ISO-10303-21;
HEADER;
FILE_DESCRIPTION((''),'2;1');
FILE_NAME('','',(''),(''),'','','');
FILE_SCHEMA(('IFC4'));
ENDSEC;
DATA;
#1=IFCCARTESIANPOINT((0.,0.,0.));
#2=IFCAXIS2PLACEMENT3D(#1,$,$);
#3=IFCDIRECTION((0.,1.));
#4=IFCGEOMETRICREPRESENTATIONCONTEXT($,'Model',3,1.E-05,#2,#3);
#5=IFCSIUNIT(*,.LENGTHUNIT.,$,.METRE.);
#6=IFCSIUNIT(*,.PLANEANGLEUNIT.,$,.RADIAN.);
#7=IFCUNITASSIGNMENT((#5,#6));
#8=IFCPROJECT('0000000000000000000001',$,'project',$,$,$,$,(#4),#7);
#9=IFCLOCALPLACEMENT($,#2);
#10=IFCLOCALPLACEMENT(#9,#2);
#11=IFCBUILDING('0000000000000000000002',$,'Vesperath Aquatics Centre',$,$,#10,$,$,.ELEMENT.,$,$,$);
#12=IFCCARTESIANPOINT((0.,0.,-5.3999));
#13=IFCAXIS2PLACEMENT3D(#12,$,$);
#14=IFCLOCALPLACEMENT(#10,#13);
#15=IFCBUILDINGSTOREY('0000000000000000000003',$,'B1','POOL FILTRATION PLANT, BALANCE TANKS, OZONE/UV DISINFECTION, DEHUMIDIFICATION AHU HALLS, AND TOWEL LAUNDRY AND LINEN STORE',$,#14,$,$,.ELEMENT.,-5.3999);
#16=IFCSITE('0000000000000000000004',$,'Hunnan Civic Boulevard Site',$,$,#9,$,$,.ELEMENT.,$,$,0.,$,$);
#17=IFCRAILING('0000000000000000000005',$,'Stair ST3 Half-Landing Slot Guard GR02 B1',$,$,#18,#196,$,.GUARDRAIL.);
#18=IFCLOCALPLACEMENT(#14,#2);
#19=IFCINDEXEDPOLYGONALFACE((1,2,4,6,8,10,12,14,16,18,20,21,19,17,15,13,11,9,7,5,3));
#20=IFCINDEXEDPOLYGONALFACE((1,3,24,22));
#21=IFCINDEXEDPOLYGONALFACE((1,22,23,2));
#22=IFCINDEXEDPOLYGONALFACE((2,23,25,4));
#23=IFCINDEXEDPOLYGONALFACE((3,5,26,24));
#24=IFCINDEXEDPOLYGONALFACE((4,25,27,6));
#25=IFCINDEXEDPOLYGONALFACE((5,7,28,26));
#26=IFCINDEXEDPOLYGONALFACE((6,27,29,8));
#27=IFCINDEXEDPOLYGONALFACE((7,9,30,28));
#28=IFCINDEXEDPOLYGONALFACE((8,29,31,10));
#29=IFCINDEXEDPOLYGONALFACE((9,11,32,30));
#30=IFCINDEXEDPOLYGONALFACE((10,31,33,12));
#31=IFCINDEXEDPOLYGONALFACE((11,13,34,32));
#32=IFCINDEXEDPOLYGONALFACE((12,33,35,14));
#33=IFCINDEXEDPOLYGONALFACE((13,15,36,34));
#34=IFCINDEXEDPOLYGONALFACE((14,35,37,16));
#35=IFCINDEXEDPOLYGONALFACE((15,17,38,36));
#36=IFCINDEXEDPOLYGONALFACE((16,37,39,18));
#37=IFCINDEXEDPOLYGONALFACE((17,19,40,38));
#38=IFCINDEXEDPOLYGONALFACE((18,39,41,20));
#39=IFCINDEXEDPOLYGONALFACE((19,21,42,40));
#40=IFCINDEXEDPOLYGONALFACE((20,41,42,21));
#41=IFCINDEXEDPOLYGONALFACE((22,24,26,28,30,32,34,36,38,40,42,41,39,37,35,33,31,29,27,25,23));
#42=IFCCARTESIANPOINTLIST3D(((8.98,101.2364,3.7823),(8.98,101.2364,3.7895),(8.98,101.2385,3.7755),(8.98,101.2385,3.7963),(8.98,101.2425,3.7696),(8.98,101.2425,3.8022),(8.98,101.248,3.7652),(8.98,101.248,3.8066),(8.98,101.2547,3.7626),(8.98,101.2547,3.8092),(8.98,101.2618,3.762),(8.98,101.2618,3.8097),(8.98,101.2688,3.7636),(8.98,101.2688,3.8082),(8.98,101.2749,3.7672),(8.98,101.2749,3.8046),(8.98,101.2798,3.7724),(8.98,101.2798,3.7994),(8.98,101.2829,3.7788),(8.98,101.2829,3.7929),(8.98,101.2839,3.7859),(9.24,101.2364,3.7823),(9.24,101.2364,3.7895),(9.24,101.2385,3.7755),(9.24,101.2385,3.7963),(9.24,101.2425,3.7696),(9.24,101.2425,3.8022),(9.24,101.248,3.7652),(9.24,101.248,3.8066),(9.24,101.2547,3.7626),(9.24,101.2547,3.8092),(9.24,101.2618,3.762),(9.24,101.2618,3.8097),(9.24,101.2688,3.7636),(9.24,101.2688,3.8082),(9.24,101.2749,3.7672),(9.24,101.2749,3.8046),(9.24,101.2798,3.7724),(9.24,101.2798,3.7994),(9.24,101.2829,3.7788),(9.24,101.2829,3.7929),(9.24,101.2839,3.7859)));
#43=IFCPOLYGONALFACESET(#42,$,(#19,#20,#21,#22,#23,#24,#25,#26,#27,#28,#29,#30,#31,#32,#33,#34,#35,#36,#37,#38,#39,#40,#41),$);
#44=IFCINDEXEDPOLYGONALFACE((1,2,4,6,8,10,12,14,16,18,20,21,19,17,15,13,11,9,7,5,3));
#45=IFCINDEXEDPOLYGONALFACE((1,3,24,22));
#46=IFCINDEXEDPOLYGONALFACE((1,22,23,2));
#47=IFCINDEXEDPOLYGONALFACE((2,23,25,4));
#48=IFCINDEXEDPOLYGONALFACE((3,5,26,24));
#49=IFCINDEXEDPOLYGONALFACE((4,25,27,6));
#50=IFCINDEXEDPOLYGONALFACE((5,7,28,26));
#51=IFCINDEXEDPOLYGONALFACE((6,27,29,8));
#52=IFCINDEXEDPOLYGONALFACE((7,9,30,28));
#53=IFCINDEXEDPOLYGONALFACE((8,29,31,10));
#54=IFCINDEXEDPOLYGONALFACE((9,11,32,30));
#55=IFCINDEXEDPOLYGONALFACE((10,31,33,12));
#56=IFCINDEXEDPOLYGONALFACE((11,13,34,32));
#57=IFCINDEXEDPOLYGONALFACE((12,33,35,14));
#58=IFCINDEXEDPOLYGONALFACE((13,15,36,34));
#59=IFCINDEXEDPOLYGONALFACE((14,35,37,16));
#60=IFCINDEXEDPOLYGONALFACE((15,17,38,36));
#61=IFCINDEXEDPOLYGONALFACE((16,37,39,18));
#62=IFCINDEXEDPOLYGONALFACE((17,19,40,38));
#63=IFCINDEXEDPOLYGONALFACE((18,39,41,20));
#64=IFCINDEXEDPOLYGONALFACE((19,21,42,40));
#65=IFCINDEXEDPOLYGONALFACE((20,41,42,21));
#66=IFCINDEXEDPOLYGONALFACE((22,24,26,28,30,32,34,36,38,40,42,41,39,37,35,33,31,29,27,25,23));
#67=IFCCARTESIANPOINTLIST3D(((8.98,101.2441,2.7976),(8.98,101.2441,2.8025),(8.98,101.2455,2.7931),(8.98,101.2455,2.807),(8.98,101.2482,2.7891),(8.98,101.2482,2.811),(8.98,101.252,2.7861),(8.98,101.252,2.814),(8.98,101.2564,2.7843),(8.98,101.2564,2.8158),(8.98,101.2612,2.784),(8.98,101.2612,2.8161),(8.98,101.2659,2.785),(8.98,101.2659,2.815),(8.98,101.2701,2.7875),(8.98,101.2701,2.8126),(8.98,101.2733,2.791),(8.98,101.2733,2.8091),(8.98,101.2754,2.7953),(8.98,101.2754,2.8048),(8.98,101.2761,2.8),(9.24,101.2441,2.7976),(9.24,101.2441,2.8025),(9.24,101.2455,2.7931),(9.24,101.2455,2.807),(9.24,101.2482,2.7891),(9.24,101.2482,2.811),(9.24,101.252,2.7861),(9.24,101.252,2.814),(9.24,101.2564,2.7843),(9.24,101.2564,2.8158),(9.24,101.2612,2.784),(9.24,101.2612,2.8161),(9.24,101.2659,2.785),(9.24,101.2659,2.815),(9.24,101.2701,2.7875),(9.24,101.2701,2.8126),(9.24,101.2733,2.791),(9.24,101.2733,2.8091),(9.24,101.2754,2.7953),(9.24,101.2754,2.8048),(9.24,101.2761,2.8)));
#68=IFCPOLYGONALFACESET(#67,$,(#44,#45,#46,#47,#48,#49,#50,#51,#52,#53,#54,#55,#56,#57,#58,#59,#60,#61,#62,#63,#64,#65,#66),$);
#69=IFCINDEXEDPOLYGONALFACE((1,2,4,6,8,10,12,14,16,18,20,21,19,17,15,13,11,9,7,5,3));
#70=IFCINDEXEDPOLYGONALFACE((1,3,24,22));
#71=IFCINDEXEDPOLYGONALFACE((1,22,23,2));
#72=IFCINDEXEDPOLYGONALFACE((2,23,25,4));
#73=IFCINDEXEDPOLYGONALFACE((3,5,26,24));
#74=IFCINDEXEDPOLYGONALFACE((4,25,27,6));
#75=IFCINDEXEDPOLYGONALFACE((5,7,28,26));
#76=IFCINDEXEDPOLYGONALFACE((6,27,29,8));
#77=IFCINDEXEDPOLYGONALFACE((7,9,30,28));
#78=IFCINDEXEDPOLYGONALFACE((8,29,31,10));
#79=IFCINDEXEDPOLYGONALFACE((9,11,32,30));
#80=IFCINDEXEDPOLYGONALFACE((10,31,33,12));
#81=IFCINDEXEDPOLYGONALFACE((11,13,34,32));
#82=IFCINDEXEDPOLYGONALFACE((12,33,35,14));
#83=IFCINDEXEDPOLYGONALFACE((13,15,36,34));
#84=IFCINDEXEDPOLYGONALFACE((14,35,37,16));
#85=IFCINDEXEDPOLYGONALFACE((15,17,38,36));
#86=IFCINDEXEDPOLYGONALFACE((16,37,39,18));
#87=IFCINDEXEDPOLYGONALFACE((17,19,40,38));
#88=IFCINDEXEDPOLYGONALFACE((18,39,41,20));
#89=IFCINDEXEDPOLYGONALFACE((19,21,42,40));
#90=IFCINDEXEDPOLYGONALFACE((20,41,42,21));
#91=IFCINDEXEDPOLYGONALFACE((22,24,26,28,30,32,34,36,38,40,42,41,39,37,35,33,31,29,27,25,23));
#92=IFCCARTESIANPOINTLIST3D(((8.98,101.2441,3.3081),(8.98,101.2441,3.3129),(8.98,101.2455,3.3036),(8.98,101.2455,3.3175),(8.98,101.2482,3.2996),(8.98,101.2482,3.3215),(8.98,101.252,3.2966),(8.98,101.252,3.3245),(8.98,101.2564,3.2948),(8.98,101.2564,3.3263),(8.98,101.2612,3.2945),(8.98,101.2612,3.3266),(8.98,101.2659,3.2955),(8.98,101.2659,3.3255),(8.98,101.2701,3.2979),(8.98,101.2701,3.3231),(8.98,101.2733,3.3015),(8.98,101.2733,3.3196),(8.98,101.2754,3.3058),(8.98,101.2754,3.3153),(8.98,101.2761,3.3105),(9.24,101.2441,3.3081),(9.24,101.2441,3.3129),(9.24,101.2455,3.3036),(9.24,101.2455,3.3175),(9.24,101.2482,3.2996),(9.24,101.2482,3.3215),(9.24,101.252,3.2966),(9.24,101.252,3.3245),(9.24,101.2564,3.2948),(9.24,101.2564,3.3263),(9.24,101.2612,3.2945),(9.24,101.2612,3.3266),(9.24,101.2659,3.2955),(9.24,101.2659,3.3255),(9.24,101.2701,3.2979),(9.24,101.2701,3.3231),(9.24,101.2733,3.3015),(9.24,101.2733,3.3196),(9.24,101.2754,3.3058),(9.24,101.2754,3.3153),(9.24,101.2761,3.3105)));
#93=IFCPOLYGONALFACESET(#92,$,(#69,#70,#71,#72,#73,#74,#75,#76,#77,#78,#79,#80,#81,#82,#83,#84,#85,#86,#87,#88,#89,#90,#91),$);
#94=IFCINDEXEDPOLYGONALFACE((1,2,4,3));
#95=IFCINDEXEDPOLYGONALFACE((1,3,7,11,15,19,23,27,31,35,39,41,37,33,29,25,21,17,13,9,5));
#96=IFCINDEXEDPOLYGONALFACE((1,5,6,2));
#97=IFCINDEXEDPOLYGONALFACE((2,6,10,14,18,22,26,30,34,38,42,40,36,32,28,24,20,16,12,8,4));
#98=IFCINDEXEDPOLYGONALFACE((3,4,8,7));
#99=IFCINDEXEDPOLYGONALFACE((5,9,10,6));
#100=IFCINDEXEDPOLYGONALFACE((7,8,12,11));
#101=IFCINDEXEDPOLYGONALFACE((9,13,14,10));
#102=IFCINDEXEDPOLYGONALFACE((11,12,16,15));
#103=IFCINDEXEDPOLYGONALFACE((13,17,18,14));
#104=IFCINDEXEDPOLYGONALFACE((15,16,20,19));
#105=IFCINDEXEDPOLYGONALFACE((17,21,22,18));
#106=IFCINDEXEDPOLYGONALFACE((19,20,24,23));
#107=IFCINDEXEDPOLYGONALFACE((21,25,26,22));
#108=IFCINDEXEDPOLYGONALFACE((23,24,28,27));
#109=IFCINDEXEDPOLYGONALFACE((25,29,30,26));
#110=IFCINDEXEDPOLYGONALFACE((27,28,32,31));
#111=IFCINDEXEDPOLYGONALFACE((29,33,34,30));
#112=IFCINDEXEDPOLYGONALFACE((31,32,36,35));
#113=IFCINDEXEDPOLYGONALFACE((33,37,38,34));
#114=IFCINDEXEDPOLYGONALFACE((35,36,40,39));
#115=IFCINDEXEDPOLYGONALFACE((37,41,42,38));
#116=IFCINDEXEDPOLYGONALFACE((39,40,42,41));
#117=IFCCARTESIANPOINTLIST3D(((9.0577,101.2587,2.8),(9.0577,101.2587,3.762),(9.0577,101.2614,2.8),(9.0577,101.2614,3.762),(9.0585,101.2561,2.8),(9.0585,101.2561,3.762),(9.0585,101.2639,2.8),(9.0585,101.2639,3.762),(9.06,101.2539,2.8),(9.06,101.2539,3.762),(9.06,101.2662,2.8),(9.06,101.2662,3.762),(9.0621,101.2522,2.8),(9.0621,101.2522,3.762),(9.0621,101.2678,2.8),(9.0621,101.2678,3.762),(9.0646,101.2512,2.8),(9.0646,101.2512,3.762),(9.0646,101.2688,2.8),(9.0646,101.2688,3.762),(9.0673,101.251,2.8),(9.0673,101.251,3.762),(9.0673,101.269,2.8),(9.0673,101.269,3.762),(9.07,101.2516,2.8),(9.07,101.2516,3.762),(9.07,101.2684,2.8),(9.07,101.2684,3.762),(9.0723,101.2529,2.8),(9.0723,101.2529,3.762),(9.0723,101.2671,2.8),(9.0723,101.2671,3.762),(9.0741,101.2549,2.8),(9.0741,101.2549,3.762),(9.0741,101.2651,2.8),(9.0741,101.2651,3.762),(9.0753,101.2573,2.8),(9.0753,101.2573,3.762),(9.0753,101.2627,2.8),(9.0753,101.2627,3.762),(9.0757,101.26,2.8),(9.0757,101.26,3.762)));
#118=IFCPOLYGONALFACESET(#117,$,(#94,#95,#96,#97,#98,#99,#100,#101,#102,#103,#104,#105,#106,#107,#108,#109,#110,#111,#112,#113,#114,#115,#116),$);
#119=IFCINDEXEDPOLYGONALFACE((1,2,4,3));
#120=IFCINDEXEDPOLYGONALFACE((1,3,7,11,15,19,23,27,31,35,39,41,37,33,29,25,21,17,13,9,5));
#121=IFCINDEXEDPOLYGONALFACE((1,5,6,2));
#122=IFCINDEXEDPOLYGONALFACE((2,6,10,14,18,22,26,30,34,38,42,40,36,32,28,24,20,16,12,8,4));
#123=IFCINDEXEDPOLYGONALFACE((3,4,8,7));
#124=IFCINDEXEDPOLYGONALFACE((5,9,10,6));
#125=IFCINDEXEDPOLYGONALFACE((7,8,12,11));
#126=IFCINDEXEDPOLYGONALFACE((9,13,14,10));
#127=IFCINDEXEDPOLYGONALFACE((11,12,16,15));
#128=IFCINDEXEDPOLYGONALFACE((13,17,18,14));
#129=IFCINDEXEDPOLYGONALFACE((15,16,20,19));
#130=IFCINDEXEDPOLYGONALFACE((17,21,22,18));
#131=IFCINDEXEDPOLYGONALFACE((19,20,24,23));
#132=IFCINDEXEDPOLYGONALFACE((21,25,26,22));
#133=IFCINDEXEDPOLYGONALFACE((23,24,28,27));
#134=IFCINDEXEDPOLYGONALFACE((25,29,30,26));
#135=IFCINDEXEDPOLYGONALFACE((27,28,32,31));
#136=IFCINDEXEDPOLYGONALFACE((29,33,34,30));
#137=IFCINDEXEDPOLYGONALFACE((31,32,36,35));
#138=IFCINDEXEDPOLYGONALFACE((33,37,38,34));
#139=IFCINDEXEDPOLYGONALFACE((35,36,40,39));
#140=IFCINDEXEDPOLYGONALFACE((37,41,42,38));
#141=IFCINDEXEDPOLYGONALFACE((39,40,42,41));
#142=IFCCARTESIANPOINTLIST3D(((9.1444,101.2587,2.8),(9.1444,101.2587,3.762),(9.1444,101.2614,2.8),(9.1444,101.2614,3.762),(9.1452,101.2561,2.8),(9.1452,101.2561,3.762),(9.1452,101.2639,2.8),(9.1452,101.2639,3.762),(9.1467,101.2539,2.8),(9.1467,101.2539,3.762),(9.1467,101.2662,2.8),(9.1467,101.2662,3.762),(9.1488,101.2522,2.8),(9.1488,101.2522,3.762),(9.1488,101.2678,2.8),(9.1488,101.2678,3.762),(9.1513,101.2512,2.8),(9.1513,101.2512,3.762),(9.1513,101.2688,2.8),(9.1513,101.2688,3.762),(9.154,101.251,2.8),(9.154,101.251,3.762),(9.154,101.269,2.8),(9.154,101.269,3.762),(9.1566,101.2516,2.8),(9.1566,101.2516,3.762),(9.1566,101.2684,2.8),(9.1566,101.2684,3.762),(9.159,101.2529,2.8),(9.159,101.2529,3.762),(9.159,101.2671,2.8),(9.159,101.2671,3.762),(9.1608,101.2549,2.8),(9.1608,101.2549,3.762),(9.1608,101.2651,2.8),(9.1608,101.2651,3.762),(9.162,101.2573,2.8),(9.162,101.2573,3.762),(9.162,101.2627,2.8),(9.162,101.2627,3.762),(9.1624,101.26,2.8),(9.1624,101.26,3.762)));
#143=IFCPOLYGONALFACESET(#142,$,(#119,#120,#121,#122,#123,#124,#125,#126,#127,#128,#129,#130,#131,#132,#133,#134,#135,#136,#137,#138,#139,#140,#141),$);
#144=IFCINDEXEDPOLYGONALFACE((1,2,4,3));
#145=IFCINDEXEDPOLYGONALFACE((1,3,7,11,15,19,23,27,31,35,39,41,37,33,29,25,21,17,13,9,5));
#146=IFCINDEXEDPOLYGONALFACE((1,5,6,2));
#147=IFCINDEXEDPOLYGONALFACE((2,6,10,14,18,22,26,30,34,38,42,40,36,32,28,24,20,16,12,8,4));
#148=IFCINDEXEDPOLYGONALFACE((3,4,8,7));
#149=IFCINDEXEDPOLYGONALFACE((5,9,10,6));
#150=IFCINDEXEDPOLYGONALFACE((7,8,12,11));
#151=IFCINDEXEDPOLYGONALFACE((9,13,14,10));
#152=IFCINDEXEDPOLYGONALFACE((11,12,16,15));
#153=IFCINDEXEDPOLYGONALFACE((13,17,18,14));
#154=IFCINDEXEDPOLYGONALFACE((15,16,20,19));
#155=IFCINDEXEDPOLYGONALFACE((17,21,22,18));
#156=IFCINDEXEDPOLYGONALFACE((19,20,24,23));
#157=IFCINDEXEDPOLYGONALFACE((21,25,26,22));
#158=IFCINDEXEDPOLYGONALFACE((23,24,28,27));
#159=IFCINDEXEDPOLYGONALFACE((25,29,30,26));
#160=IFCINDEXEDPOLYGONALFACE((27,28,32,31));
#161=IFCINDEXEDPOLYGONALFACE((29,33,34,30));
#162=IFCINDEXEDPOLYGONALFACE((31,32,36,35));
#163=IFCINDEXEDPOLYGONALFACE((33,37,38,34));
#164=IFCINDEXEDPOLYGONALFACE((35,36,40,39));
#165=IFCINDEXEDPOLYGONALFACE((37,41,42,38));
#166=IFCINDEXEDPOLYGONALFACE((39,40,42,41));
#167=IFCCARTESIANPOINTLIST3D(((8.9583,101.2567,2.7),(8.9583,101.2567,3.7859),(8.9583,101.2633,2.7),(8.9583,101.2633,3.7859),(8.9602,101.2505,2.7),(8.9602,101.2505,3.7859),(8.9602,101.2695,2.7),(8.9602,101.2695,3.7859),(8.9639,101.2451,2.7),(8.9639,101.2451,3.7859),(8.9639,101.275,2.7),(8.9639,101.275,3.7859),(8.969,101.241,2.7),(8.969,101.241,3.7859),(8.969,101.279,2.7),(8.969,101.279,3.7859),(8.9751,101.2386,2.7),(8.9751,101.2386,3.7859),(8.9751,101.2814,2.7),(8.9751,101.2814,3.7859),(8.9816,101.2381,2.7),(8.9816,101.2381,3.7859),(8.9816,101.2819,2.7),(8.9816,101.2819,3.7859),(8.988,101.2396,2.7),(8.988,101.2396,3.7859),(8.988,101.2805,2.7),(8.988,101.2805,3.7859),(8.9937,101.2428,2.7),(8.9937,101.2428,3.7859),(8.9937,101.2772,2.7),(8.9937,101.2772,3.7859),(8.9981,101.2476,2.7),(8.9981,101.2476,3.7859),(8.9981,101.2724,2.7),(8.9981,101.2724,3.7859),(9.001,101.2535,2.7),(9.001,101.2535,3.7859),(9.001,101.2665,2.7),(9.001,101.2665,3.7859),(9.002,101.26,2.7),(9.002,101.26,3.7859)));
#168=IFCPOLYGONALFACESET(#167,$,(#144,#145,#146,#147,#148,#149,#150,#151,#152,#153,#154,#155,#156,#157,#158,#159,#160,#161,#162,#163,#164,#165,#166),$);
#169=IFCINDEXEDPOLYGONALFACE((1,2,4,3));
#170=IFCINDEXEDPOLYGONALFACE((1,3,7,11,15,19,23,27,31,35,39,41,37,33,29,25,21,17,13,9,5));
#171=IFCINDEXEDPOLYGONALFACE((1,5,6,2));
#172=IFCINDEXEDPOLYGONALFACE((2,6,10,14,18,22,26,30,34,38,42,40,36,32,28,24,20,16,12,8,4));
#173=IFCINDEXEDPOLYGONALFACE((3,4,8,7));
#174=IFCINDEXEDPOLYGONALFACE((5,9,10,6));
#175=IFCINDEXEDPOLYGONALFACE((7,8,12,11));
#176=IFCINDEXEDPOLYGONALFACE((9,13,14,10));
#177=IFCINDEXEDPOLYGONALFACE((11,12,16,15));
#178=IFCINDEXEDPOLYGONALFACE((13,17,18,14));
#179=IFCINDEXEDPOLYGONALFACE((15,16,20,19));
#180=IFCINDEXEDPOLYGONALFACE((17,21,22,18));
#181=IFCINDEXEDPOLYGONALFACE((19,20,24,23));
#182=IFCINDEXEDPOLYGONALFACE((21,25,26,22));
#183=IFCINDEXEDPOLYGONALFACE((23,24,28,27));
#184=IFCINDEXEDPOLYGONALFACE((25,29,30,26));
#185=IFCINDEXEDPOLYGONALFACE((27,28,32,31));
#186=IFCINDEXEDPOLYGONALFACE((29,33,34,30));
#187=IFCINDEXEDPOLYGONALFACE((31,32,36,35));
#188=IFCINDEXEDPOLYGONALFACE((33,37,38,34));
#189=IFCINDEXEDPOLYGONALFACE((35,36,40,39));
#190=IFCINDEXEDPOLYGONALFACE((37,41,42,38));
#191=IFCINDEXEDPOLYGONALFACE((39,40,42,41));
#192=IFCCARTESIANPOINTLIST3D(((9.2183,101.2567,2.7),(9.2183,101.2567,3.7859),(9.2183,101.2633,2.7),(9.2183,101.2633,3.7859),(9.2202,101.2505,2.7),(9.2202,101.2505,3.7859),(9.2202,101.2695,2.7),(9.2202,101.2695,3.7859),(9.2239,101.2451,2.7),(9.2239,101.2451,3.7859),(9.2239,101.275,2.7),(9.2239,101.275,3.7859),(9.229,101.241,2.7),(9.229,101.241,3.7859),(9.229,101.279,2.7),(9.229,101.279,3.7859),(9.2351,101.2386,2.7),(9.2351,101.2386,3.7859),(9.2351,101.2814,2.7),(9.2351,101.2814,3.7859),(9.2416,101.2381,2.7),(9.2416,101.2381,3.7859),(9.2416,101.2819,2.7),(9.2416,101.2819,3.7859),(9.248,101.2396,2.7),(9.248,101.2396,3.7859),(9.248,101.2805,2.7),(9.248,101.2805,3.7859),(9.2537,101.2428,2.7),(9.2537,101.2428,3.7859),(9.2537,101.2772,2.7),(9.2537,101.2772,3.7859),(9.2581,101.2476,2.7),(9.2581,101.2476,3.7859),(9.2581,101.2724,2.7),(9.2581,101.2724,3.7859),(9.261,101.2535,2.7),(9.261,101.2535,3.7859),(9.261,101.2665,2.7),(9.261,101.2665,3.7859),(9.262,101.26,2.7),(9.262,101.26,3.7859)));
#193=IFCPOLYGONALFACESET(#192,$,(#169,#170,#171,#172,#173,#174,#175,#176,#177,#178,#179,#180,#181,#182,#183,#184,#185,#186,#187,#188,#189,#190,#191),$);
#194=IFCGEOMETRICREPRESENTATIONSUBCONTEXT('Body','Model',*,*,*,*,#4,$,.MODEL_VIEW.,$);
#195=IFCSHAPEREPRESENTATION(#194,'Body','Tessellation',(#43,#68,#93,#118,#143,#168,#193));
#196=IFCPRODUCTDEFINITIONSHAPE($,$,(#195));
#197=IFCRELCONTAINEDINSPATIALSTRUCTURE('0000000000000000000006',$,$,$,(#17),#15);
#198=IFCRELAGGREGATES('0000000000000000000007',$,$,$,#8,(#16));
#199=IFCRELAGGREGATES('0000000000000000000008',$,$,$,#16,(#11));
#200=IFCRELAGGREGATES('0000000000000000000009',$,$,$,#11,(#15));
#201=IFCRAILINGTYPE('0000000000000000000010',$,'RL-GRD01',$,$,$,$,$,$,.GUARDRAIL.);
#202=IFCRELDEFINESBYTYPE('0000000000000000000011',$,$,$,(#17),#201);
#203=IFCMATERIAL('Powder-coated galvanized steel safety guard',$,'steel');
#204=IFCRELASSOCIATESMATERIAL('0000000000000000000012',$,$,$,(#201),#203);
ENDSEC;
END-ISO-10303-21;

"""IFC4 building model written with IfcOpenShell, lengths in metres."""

from ifc_helpers import new_model, si_unit, direction, frame, origin, origin_2d, place, context, subcontext, project, spatial, circle, extrude, material, type_object, element, save


model = new_model("IFC4")

# Units and contexts
model_context = context("Model", 3, precision=1e-05, world=origin(), true_north=direction((0.0, 1.0)))
body_context = subcontext(model_context, "Body", "Model", "MODEL_VIEW")
ifc_project = project(units=[si_unit("LENGTHUNIT", "METRE"), si_unit("PLANEANGLEUNIT", "RADIAN")], contexts=[model_context])

# Site, building, storey
site_placement = place(None, origin())
site = spatial("IfcSite", under=ifc_project, at=site_placement, Name="Hunnan Civic Boulevard Site", CompositionType="ELEMENT", RefElevation=0.0)
building_placement = place(site_placement, origin())
building = spatial("IfcBuilding", under=site, at=building_placement, Name="Vesperath Aquatics Centre", CompositionType="ELEMENT")
storey_placement = place(building_placement, frame((0.0, 0.0, -5.3999)))
storey = spatial("IfcBuildingStorey", under=building, at=storey_placement, Name="B1", Description="POOL FILTRATION PLANT, BALANCE TANKS, OZONE/UV DISINFECTION, DEHUMIDIFICATION AHU HALLS, AND TOWEL LAUNDRY AND LINEN STORE", CompositionType="ELEMENT", Elevation=-5.3999)

# Railing
ifc_material_1 = material(Name="Powder-coated galvanized steel safety guard", Category="steel")
railing_type_1 = type_object("IfcRailingType", Name="RL-GRD01", PredefinedType="GUARDRAIL", material=ifc_material_1)
railing_1_placement = place(storey_placement, frame((8.98, 101.26, 2.7)))
element("IfcRailing", 1, at=railing_1_placement, inside=storey, type_object=railing_type_1, Name="Stair ST3 Half-Landing Slot Guard GR02 B1", PredefinedType="GUARDRAIL", context=body_context, shape_type="SweptSolid", body=[
    extrude(circle(Radius=0.0239, at=origin_2d()), frame((0.0, 0.0, 1.0859), z_axis=(1.0, 0.0, 0.0), x_axis=(0.0, 1.0, 0.0)), (0.0, 0.0, 1.0), 0.26),
    extrude(circle(Radius=0.0161, at=origin_2d()), frame((0.0, 0.0, 0.1001), z_axis=(1.0, 0.0, 0.0), x_axis=(0.0, 1.0, 0.0)), (0.0, 0.0, 1.0), 0.26),
    extrude(circle(Radius=0.0161, at=origin_2d()), frame((0.0, 0.0, 0.6106), z_axis=(1.0, 0.0, 0.0), x_axis=(0.0, 1.0, 0.0)), (0.0, 0.0, 1.0), 0.26),
    extrude(circle(Radius=0.009, at=origin_2d()), frame((0.0867, 0.0, 0.1001)), (0.0, 0.0, 1.0), 0.9619),
    extrude(circle(Radius=0.009, at=origin_2d()), frame((0.1733, 0.0, 0.1001)), (0.0, 0.0, 1.0), 0.9619),
    extrude(circle(Radius=0.022, at=origin_2d()), origin(), (0.0, 0.0, 1.0), 1.0859),
    extrude(circle(Radius=0.022, at=origin_2d()), frame((0.26, 0.0, 0.0)), (0.0, 0.0, 1.0), 1.0859),
])

save(model, "model.ifc")
